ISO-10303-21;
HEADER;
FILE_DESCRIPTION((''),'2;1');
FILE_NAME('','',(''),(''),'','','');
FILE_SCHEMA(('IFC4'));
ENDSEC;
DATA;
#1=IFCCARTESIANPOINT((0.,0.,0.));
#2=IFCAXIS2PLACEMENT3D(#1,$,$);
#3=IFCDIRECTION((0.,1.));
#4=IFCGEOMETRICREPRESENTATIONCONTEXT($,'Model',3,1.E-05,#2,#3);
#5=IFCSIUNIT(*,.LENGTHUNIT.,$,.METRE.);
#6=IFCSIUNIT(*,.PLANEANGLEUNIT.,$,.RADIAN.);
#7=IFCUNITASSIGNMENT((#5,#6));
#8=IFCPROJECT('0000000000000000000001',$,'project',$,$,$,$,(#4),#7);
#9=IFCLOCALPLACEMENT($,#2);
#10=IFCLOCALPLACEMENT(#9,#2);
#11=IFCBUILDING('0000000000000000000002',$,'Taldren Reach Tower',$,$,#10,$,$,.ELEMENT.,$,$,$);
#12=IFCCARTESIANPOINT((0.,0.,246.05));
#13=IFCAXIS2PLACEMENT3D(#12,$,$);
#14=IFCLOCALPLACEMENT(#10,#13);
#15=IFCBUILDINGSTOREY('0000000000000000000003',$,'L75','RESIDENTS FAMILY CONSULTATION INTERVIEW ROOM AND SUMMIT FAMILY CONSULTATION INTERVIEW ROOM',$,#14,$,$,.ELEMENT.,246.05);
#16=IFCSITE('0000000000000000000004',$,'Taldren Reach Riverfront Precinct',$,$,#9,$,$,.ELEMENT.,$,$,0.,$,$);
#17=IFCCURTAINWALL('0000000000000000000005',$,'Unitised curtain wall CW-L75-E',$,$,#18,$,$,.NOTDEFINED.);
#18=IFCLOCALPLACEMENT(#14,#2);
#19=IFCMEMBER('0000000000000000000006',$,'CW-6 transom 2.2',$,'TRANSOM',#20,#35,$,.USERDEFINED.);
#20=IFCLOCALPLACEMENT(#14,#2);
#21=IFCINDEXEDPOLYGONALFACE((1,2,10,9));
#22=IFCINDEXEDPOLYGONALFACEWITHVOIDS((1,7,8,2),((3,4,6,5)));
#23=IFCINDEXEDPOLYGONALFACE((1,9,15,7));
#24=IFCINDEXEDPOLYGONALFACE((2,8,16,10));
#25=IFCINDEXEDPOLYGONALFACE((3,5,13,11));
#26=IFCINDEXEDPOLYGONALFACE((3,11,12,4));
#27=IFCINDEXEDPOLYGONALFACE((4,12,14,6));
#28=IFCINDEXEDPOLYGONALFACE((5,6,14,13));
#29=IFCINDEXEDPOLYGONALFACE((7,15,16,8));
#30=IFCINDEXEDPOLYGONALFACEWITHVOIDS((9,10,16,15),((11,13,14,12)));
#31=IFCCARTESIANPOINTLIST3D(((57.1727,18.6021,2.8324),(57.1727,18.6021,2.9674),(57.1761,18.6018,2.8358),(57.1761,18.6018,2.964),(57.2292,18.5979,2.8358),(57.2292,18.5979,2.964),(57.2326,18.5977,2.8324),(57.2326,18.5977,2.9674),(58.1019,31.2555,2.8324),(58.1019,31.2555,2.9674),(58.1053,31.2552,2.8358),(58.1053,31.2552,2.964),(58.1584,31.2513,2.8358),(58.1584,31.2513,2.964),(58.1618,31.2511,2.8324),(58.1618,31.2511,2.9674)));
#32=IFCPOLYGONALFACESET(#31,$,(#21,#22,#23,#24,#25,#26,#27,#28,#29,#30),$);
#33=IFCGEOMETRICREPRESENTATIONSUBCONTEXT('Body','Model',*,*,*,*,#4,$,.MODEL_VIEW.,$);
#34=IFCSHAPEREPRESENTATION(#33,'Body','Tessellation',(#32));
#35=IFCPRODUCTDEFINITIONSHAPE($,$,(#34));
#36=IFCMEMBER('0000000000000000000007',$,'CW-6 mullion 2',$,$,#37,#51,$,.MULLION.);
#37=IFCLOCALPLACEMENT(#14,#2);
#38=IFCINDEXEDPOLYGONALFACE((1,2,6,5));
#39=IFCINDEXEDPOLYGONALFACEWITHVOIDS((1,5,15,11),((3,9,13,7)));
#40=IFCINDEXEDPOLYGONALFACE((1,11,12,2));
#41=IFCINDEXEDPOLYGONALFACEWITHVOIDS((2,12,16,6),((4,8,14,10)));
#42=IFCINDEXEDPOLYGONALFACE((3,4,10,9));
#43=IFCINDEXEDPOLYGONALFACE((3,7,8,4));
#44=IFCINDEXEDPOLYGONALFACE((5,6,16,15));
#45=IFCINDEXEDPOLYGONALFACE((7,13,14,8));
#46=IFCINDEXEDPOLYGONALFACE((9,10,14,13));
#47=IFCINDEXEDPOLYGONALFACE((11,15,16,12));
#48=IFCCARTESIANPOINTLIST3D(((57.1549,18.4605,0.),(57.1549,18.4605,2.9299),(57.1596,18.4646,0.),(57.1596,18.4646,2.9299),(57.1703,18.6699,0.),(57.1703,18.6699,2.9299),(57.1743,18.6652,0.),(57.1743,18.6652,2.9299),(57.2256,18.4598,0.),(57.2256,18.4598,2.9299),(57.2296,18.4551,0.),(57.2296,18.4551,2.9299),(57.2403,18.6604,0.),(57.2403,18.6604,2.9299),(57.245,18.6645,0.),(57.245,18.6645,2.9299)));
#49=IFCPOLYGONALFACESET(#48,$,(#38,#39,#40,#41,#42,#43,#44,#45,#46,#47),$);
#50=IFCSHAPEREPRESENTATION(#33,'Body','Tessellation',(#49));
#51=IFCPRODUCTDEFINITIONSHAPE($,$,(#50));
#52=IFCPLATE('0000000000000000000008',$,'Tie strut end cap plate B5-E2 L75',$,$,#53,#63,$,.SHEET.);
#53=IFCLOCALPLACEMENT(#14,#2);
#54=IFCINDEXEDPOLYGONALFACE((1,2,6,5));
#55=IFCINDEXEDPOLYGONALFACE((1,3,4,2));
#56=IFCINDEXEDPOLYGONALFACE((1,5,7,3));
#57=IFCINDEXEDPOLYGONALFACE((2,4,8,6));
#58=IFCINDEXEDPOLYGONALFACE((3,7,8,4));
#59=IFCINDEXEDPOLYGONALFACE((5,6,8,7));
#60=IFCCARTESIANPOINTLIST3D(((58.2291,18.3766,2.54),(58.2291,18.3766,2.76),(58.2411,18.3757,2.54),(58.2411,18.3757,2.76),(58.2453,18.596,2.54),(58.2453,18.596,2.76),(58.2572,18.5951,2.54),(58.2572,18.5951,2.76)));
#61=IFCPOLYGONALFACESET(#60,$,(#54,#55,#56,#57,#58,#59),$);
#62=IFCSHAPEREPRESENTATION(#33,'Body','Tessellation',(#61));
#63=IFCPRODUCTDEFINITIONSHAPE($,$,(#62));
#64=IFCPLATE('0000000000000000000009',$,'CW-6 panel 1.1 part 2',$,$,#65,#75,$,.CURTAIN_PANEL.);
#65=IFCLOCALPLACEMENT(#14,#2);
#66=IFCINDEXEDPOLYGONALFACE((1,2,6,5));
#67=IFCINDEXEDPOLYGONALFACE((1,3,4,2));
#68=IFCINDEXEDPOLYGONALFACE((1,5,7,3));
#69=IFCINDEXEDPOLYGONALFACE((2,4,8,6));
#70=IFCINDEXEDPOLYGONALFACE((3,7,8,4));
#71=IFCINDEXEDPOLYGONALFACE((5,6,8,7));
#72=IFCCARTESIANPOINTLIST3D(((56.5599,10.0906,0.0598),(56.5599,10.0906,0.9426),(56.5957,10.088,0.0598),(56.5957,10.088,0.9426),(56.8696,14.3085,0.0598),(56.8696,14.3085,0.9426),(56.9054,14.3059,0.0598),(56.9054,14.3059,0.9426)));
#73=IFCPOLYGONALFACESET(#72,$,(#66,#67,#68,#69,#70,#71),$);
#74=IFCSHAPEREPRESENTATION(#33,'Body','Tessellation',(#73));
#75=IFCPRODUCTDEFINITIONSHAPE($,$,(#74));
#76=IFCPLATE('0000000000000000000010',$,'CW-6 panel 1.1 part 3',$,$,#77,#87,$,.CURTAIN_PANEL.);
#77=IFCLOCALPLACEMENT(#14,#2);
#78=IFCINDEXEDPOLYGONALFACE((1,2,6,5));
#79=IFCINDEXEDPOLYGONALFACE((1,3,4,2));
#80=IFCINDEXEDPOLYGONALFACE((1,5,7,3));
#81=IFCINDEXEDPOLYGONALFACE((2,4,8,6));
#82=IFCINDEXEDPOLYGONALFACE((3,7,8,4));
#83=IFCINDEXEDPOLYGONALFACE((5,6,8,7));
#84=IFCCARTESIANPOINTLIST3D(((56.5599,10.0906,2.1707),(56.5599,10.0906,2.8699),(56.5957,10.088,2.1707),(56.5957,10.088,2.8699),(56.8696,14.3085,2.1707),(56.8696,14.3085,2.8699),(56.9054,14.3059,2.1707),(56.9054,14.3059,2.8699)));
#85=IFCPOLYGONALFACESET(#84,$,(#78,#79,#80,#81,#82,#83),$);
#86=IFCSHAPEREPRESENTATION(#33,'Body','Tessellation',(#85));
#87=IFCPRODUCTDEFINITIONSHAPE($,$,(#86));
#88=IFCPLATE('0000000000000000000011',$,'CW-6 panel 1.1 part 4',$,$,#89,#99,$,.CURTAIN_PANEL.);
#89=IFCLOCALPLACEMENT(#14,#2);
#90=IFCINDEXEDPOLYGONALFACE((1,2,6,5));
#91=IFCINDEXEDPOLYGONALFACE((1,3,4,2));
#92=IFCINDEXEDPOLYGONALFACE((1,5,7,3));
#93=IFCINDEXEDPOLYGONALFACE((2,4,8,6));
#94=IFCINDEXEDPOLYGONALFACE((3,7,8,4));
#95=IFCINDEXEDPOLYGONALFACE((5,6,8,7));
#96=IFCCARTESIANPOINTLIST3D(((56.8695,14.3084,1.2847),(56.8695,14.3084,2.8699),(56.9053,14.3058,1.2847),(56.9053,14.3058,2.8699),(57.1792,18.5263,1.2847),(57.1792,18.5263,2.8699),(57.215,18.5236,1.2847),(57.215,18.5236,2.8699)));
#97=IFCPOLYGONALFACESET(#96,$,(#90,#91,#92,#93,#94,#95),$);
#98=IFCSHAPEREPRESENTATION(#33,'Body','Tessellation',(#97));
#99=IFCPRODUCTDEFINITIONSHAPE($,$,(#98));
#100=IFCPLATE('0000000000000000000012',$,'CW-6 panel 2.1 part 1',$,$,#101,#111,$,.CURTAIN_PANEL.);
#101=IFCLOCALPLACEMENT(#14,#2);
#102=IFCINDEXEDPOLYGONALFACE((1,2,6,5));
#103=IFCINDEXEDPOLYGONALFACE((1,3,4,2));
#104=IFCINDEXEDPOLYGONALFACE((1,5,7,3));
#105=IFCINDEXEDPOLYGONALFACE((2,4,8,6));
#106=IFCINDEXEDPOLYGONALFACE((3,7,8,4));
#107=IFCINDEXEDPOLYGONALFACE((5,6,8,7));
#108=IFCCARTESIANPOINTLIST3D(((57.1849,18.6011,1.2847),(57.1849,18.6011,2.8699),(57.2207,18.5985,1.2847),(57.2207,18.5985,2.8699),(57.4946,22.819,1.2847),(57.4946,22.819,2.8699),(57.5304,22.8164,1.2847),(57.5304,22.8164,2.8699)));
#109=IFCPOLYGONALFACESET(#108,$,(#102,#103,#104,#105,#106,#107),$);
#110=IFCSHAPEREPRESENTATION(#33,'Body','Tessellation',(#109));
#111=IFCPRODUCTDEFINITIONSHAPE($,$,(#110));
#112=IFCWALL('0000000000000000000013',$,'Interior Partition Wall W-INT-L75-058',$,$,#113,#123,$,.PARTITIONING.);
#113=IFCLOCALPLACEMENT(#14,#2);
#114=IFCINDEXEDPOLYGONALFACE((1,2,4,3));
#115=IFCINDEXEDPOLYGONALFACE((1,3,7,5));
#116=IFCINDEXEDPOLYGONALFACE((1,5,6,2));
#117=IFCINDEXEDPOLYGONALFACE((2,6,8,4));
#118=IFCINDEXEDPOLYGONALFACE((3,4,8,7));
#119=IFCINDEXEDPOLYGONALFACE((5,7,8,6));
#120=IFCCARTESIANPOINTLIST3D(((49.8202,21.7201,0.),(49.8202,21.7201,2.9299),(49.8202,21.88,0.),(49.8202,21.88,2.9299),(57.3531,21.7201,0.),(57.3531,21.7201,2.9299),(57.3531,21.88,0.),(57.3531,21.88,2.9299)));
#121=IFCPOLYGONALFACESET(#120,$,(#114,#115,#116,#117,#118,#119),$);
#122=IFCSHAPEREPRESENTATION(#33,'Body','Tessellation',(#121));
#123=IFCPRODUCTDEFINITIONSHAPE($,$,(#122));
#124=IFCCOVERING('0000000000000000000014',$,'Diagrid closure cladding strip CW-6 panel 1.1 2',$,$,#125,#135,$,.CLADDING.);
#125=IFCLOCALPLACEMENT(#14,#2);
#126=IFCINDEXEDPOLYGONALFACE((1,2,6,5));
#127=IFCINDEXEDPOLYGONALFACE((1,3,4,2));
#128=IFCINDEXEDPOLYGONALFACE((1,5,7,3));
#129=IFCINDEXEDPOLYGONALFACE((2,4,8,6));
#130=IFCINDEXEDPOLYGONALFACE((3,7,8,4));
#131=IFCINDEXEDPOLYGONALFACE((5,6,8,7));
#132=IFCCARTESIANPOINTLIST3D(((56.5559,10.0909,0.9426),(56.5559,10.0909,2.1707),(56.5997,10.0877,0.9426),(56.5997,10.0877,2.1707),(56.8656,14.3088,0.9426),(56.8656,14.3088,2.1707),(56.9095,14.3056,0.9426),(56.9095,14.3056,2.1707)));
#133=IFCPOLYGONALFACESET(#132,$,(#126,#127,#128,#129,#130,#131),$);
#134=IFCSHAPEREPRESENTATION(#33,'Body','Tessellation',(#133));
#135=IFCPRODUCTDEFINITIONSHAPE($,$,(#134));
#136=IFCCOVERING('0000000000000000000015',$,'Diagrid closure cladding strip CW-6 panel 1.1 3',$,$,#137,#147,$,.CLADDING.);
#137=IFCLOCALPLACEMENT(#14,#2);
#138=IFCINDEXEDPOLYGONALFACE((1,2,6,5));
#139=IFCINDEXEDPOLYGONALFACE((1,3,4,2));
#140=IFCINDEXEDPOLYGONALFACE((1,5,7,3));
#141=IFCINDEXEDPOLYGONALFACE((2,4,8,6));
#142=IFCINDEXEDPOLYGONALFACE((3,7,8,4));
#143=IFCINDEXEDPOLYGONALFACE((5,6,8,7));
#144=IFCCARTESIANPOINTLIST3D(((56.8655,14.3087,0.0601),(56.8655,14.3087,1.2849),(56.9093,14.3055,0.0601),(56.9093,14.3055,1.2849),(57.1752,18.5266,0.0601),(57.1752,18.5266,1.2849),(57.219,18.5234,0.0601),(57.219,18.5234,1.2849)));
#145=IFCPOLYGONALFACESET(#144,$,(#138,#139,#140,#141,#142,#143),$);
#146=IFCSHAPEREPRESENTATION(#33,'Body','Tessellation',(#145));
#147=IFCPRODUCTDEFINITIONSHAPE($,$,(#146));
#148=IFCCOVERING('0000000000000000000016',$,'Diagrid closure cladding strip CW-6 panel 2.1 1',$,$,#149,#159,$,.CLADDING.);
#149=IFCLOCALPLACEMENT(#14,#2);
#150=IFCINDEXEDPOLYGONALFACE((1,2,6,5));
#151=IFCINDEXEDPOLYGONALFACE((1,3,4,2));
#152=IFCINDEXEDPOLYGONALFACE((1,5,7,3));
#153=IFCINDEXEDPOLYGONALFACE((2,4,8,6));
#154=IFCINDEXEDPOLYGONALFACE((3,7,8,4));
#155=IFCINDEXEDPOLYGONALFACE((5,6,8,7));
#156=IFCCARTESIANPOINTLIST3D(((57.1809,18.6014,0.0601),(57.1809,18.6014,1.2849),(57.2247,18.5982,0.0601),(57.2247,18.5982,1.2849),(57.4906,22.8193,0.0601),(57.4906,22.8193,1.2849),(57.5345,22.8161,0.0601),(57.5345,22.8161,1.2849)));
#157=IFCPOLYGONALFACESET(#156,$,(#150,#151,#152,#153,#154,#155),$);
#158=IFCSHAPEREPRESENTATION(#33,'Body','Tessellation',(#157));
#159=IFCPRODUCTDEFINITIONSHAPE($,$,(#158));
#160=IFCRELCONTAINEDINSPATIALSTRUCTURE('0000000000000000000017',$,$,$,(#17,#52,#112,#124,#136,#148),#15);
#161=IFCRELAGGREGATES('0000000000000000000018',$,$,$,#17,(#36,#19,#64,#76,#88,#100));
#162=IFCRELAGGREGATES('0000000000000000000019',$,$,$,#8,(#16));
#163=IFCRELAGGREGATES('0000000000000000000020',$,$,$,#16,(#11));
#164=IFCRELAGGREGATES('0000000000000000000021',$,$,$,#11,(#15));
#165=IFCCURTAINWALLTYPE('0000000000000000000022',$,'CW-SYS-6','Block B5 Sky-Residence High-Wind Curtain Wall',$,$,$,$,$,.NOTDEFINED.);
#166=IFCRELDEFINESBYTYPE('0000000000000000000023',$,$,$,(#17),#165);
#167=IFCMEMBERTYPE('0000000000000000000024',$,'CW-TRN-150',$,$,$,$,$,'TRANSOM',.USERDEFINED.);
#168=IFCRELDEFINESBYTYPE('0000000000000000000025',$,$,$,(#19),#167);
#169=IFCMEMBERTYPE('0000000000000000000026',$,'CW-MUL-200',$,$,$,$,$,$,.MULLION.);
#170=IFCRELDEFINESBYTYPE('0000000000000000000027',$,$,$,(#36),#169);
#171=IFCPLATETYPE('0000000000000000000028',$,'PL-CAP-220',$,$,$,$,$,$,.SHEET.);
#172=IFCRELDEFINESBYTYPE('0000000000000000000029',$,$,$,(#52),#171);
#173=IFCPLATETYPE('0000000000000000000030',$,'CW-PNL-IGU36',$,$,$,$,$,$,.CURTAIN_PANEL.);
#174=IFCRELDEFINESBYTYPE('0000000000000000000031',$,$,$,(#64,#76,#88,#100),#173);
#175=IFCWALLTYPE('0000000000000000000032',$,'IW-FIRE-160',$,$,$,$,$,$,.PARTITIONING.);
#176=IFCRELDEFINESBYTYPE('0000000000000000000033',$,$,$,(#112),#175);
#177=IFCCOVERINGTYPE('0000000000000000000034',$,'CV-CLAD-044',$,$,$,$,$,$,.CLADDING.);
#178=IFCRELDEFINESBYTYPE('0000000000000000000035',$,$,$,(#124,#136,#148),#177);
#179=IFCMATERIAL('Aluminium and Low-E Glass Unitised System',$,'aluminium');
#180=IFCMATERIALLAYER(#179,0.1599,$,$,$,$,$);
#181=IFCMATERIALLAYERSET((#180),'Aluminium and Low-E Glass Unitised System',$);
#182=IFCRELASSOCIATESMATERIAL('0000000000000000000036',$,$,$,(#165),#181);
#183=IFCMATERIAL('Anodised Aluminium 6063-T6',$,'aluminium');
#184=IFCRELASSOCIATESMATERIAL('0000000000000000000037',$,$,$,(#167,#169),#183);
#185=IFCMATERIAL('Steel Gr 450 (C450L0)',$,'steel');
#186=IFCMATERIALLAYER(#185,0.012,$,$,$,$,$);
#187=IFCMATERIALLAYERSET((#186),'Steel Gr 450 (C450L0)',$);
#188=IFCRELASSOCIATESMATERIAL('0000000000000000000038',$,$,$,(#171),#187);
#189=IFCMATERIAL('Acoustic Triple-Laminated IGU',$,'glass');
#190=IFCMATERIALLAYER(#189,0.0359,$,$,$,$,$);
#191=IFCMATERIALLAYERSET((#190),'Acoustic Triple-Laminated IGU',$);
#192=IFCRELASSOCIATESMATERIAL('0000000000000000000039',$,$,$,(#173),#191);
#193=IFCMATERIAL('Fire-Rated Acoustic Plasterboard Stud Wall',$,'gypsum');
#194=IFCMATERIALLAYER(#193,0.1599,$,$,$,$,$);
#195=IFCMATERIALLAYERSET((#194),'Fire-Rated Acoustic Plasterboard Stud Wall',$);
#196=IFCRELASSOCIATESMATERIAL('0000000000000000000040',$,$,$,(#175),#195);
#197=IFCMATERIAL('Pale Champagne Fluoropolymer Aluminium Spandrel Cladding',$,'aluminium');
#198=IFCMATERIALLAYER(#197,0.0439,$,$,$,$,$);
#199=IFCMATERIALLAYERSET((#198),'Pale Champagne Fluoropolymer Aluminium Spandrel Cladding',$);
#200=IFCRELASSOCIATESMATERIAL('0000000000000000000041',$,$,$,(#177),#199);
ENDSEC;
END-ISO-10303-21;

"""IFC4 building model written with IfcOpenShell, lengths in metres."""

from ifc_helpers import new_model, si_unit, direction, frame, frame_2d, origin, origin_2d, place, context, subcontext, project, spatial, rectangle, hollow_rectangle, extrude, source, transform, mapped, material, layer, layer_set, material_profile, profile_set, type_object, element, aggregate, save


model = new_model("IFC4")

# Units and contexts
model_context = context("Model", 3, precision=1e-05, world=origin(), true_north=direction((0.0, 1.0)))
body_context = subcontext(model_context, "Body", "Model", "MODEL_VIEW")
ifc_project = project(units=[si_unit("LENGTHUNIT", "METRE"), si_unit("PLANEANGLEUNIT", "RADIAN")], contexts=[model_context])

# Site, building, storey
site_placement = place(None, origin())
site = spatial("IfcSite", under=ifc_project, at=site_placement, Name="Taldren Reach Riverfront Precinct", CompositionType="ELEMENT", RefElevation=0.0)
building_placement = place(site_placement, origin())
building = spatial("IfcBuilding", under=site, at=building_placement, Name="Taldren Reach Tower", CompositionType="ELEMENT")
storey_placement = place(building_placement, frame((0.0, 0.0, 246.05)))
storey = spatial("IfcBuildingStorey", under=building, at=storey_placement, Name="L75", Description="RESIDENTS FAMILY CONSULTATION INTERVIEW ROOM AND SUMMIT FAMILY CONSULTATION INTERVIEW ROOM", CompositionType="ELEMENT", Elevation=246.05)

# Shared definitions
ifc_material_1 = material(Name="Steel Gr 450 (C450L0)", Category="steel")

# Curtain wall, members
ifc_material_2 = material(Name="Aluminium and Low-E Glass Unitised System", Category="aluminium")
ifc_layer_1 = layer(ifc_material_2, 0.1599)
ifc_layer_set_1 = layer_set([ifc_layer_1], Name="Aluminium and Low-E Glass Unitised System")
curtain_wall_type = type_object("IfcCurtainWallType", Name="CW-SYS-6", Description="Block B5 Sky-Residence High-Wind Curtain Wall", PredefinedType="NOTDEFINED", material=ifc_layer_set_1)
curtain_wall_placement = place(storey_placement, origin())
curtain_wall = element("IfcCurtainWall", 1, at=curtain_wall_placement, inside=storey, type_object=curtain_wall_type, Name="Unitised curtain wall CW-L75-E", PredefinedType="NOTDEFINED")
ifc_material_3 = material(Name="Anodised Aluminium 6063-T6", Category="aluminium")
ifc_material_profile_1 = material_profile(ifc_material_3, hollow_rectangle(XDim=0.0601, YDim=0.135, WallThickness=0.0034, at=origin_2d()), Name="ALU-135x60x3.5RHS")
ifc_profile_set_1 = profile_set([ifc_material_profile_1], Name="Anodised Aluminium 6063-T6")
member_type_1 = type_object("IfcMemberType", Name="CW-TRN-150", ElementType="TRANSOM", PredefinedType="USERDEFINED", material=ifc_profile_set_1)
shared_shape_1 = source(origin(), body_context, "Body", "SweptSolid", [
    extrude(hollow_rectangle(XDim=0.0601, YDim=0.135, WallThickness=0.0034, at=origin_2d()), origin(), (0.0, 0.0, 1.0), 12.6875),
])
member_1_placement = place(storey_placement, frame((57.2026, 18.5999, 2.8999), z_axis=(0.073238, 0.997314, 0.0), x_axis=(-0.997314, 0.073238, 0.0)))
member_1 = element("IfcMember", 2, at=member_1_placement, type_object=member_type_1, Name="CW-6 transom 2.2", ObjectType="TRANSOM", PredefinedType="USERDEFINED", context=body_context, shape_type="MappedRepresentation", body=[
    mapped(shared_shape_1, transform((0.0, 0.0, 0.0), scale=1.0)),
])
ifc_material_profile_2 = material_profile(ifc_material_3, hollow_rectangle(XDim=0.075, YDim=0.21, WallThickness=0.0044, at=origin_2d()), Name="ALU-210x75x4.5RHS")
ifc_profile_set_2 = profile_set([ifc_material_profile_2], Name="Anodised Aluminium 6063-T6")
member_type_2 = type_object("IfcMemberType", Name="CW-MUL-200", PredefinedType="MULLION", material=ifc_profile_set_2)
shared_shape_2 = source(origin(), body_context, "Body", "SweptSolid", [
    extrude(hollow_rectangle(XDim=0.075, YDim=0.21, WallThickness=0.0044, at=origin_2d()), origin(), (0.0, 0.0, 1.0), 2.9299),
])
member_2_placement = place(storey_placement, frame((57.2, 18.5625, 0.0), z_axis=(0.0, 0.0, 1.0), x_axis=(-0.997314, 0.073238, 0.0)))
member_2 = element("IfcMember", 3, at=member_2_placement, type_object=member_type_2, Name="CW-6 mullion 2", PredefinedType="MULLION", context=body_context, shape_type="MappedRepresentation", body=[
    mapped(shared_shape_2, transform((0.0, 0.0, 0.0), scale=1.0)),
])

# Plates
ifc_layer_2 = layer(ifc_material_1, 0.012)
ifc_layer_set_2 = layer_set([ifc_layer_2], Name="Steel Gr 450 (C450L0)")
plate_type_1 = type_object("IfcPlateType", Name="PL-CAP-220", PredefinedType="SHEET", material=ifc_layer_set_2)
shared_shape_3 = source(origin(), body_context, "Body", "SweptSolid", [
    extrude(rectangle(XDim=0.012, YDim=0.22, at=origin_2d()), origin(), (0.0, 0.0, 1.0), 0.22),
])
plate_1_placement = place(storey_placement, frame((58.2432, 18.4858, 2.54), z_axis=(0.0, 0.0, 1.0), x_axis=(0.997314, -0.073238, 0.0)))
element("IfcPlate", 4, at=plate_1_placement, inside=storey, type_object=plate_type_1, Name="Tie strut end cap plate B5-E2 L75", PredefinedType="SHEET", context=body_context, shape_type="MappedRepresentation", body=[
    mapped(shared_shape_3, transform((0.0, 0.0, 0.0), scale=1.0)),
])
ifc_material_4 = material(Name="Acoustic Triple-Laminated IGU", Category="glass")
ifc_layer_3 = layer(ifc_material_4, 0.0359)
ifc_layer_set_3 = layer_set([ifc_layer_3], Name="Acoustic Triple-Laminated IGU")
plate_type_2 = type_object("IfcPlateType", Name="CW-PNL-IGU36", PredefinedType="CURTAIN_PANEL", material=ifc_layer_set_3)
shared_shape_4 = source(origin(), body_context, "Body", "SweptSolid", [
    extrude(rectangle(XDim=4.2292, YDim=0.0359, at=origin_2d()), origin(), (0.0, 0.0, 1.0), 0.8828),
])
plate_2_placement = place(storey_placement, frame((56.7327, 12.1982, 0.0598), z_axis=(0.0, 0.0, 1.0), x_axis=(0.073238, 0.997314, 0.0)))
plate_2 = element("IfcPlate", 5, at=plate_2_placement, type_object=plate_type_2, Name="CW-6 panel 1.1 part 2", PredefinedType="CURTAIN_PANEL", context=body_context, shape_type="MappedRepresentation", body=[
    mapped(shared_shape_4, transform((0.0, 0.0, 0.0), scale=1.0)),
])
shared_shape_5 = source(origin(), body_context, "Body", "SweptSolid", [
    extrude(rectangle(XDim=4.2292, YDim=0.0359, at=origin_2d()), origin(), (0.0, 0.0, 1.0), 0.6992),
])
plate_3_placement = place(storey_placement, frame((56.7327, 12.1982, 2.1707), z_axis=(0.0, 0.0, 1.0), x_axis=(0.073238, 0.997314, 0.0)))
plate_3 = element("IfcPlate", 6, at=plate_3_placement, type_object=plate_type_2, Name="CW-6 panel 1.1 part 3", PredefinedType="CURTAIN_PANEL", context=body_context, shape_type="MappedRepresentation", body=[
    mapped(shared_shape_5, transform((0.0, 0.0, 0.0), scale=1.0)),
])
shared_shape_6 = source(origin(), body_context, "Body", "SweptSolid", [
    extrude(rectangle(XDim=4.2292, YDim=0.0359, at=origin_2d()), origin(), (0.0, 0.0, 1.0), 1.5852),
])
plate_4_placement = place(storey_placement, frame((57.0422, 16.416, 1.2847), z_axis=(0.0, 0.0, 1.0), x_axis=(0.073238, 0.997314, 0.0)))
plate_4 = element("IfcPlate", 7, at=plate_4_placement, type_object=plate_type_2, Name="CW-6 panel 1.1 part 4", PredefinedType="CURTAIN_PANEL", context=body_context, shape_type="MappedRepresentation", body=[
    mapped(shared_shape_6, transform((0.0, 0.0, 0.0), scale=1.0)),
])
plate_5_placement = place(storey_placement, frame((57.3577, 20.7087, 1.2847), z_axis=(0.0, 0.0, 1.0), x_axis=(0.073238, 0.997314, 0.0)))
plate_5 = element("IfcPlate", 8, at=plate_5_placement, type_object=plate_type_2, Name="CW-6 panel 2.1 part 1", PredefinedType="CURTAIN_PANEL", context=body_context, shape_type="MappedRepresentation", body=[
    mapped(shared_shape_6, transform((0.0, 0.0, 0.0), scale=1.0)),
])
aggregate(curtain_wall, [member_2, member_1, plate_2, plate_3, plate_4, plate_5])

# Wall
ifc_material_5 = material(Name="Fire-Rated Acoustic Plasterboard Stud Wall", Category="gypsum")
ifc_layer_4 = layer(ifc_material_5, 0.1599)
ifc_layer_set_4 = layer_set([ifc_layer_4], Name="Fire-Rated Acoustic Plasterboard Stud Wall")
wall_type = type_object("IfcWallType", Name="IW-FIRE-160", PredefinedType="PARTITIONING", material=ifc_layer_set_4)
shared_shape_7 = source(origin(), body_context, "Body", "SweptSolid", [
    extrude(rectangle(XDim=7.533, YDim=0.1599, at=frame_2d((3.7666, 0.0))), origin(), (0.0, 0.0, 1.0), 2.9299),
])
wall_placement = place(storey_placement, frame((57.3533, 21.8, 0.0), z_axis=(0.0, 0.0, 1.0), x_axis=(-1.0, 0.0, 0.0)))
element("IfcWall", 9, at=wall_placement, inside=storey, type_object=wall_type, Name="Interior Partition Wall W-INT-L75-058", PredefinedType="PARTITIONING", context=body_context, shape_type="MappedRepresentation", body=[
    mapped(shared_shape_7, transform((0.0, 0.0, 0.0), scale=1.0)),
])

# Coverings
ifc_material_6 = material(Name="Pale Champagne Fluoropolymer Aluminium Spandrel Cladding", Category="aluminium")
ifc_layer_5 = layer(ifc_material_6, 0.0439)
ifc_layer_set_5 = layer_set([ifc_layer_5], Name="Pale Champagne Fluoropolymer Aluminium Spandrel Cladding")
covering_type = type_object("IfcCoveringType", Name="CV-CLAD-044", PredefinedType="CLADDING", material=ifc_layer_set_5)
shared_shape_8 = source(origin(), body_context, "Body", "SweptSolid", [
    extrude(rectangle(XDim=4.2292, YDim=0.0439, at=origin_2d()), origin(), (0.0, 0.0, 1.0), 1.228),
])
covering_placement = place(storey_placement, frame((56.7327, 12.1982, 0.9426), z_axis=(0.0, 0.0, 1.0), x_axis=(0.073238, 0.997314, 0.0)))
element("IfcCovering", 10, at=covering_placement, inside=storey, type_object=covering_type, Name="Diagrid closure cladding strip CW-6 panel 1.1 2", PredefinedType="CLADDING", context=body_context, shape_type="MappedRepresentation", body=[
    mapped(shared_shape_8, transform((0.0, 0.0, 0.0), scale=1.0)),
])
shared_shape_9 = source(origin(), body_context, "Body", "SweptSolid", [
    extrude(rectangle(XDim=4.2292, YDim=0.0439, at=origin_2d()), origin(), (0.0, 0.0, 1.0), 1.2249),
])
for number, where, z_axis, x_axis, name in (
    (11, (57.0422, 16.416, 0.0601), (0.0, 0.0, 1.0), (0.073238, 0.997314, 0.0), "Diagrid closure cladding strip CW-6 panel 1.1 3"),
    (12, (57.3577, 20.7087, 0.0601), (0.0, 0.0, 1.0), (0.073238, 0.997314, 0.0), "Diagrid closure cladding strip CW-6 panel 2.1 1"),
):
    element("IfcCovering", number, at=place(storey_placement, frame(where, z_axis=z_axis, x_axis=x_axis)), inside=storey, type_object=covering_type, Name=name, PredefinedType="CLADDING", context=body_context, shape_type="MappedRepresentation", body=[
        mapped(shared_shape_9, transform((0.0, 0.0, 0.0), scale=1.0)),
    ])

save(model, "model.ifc")
